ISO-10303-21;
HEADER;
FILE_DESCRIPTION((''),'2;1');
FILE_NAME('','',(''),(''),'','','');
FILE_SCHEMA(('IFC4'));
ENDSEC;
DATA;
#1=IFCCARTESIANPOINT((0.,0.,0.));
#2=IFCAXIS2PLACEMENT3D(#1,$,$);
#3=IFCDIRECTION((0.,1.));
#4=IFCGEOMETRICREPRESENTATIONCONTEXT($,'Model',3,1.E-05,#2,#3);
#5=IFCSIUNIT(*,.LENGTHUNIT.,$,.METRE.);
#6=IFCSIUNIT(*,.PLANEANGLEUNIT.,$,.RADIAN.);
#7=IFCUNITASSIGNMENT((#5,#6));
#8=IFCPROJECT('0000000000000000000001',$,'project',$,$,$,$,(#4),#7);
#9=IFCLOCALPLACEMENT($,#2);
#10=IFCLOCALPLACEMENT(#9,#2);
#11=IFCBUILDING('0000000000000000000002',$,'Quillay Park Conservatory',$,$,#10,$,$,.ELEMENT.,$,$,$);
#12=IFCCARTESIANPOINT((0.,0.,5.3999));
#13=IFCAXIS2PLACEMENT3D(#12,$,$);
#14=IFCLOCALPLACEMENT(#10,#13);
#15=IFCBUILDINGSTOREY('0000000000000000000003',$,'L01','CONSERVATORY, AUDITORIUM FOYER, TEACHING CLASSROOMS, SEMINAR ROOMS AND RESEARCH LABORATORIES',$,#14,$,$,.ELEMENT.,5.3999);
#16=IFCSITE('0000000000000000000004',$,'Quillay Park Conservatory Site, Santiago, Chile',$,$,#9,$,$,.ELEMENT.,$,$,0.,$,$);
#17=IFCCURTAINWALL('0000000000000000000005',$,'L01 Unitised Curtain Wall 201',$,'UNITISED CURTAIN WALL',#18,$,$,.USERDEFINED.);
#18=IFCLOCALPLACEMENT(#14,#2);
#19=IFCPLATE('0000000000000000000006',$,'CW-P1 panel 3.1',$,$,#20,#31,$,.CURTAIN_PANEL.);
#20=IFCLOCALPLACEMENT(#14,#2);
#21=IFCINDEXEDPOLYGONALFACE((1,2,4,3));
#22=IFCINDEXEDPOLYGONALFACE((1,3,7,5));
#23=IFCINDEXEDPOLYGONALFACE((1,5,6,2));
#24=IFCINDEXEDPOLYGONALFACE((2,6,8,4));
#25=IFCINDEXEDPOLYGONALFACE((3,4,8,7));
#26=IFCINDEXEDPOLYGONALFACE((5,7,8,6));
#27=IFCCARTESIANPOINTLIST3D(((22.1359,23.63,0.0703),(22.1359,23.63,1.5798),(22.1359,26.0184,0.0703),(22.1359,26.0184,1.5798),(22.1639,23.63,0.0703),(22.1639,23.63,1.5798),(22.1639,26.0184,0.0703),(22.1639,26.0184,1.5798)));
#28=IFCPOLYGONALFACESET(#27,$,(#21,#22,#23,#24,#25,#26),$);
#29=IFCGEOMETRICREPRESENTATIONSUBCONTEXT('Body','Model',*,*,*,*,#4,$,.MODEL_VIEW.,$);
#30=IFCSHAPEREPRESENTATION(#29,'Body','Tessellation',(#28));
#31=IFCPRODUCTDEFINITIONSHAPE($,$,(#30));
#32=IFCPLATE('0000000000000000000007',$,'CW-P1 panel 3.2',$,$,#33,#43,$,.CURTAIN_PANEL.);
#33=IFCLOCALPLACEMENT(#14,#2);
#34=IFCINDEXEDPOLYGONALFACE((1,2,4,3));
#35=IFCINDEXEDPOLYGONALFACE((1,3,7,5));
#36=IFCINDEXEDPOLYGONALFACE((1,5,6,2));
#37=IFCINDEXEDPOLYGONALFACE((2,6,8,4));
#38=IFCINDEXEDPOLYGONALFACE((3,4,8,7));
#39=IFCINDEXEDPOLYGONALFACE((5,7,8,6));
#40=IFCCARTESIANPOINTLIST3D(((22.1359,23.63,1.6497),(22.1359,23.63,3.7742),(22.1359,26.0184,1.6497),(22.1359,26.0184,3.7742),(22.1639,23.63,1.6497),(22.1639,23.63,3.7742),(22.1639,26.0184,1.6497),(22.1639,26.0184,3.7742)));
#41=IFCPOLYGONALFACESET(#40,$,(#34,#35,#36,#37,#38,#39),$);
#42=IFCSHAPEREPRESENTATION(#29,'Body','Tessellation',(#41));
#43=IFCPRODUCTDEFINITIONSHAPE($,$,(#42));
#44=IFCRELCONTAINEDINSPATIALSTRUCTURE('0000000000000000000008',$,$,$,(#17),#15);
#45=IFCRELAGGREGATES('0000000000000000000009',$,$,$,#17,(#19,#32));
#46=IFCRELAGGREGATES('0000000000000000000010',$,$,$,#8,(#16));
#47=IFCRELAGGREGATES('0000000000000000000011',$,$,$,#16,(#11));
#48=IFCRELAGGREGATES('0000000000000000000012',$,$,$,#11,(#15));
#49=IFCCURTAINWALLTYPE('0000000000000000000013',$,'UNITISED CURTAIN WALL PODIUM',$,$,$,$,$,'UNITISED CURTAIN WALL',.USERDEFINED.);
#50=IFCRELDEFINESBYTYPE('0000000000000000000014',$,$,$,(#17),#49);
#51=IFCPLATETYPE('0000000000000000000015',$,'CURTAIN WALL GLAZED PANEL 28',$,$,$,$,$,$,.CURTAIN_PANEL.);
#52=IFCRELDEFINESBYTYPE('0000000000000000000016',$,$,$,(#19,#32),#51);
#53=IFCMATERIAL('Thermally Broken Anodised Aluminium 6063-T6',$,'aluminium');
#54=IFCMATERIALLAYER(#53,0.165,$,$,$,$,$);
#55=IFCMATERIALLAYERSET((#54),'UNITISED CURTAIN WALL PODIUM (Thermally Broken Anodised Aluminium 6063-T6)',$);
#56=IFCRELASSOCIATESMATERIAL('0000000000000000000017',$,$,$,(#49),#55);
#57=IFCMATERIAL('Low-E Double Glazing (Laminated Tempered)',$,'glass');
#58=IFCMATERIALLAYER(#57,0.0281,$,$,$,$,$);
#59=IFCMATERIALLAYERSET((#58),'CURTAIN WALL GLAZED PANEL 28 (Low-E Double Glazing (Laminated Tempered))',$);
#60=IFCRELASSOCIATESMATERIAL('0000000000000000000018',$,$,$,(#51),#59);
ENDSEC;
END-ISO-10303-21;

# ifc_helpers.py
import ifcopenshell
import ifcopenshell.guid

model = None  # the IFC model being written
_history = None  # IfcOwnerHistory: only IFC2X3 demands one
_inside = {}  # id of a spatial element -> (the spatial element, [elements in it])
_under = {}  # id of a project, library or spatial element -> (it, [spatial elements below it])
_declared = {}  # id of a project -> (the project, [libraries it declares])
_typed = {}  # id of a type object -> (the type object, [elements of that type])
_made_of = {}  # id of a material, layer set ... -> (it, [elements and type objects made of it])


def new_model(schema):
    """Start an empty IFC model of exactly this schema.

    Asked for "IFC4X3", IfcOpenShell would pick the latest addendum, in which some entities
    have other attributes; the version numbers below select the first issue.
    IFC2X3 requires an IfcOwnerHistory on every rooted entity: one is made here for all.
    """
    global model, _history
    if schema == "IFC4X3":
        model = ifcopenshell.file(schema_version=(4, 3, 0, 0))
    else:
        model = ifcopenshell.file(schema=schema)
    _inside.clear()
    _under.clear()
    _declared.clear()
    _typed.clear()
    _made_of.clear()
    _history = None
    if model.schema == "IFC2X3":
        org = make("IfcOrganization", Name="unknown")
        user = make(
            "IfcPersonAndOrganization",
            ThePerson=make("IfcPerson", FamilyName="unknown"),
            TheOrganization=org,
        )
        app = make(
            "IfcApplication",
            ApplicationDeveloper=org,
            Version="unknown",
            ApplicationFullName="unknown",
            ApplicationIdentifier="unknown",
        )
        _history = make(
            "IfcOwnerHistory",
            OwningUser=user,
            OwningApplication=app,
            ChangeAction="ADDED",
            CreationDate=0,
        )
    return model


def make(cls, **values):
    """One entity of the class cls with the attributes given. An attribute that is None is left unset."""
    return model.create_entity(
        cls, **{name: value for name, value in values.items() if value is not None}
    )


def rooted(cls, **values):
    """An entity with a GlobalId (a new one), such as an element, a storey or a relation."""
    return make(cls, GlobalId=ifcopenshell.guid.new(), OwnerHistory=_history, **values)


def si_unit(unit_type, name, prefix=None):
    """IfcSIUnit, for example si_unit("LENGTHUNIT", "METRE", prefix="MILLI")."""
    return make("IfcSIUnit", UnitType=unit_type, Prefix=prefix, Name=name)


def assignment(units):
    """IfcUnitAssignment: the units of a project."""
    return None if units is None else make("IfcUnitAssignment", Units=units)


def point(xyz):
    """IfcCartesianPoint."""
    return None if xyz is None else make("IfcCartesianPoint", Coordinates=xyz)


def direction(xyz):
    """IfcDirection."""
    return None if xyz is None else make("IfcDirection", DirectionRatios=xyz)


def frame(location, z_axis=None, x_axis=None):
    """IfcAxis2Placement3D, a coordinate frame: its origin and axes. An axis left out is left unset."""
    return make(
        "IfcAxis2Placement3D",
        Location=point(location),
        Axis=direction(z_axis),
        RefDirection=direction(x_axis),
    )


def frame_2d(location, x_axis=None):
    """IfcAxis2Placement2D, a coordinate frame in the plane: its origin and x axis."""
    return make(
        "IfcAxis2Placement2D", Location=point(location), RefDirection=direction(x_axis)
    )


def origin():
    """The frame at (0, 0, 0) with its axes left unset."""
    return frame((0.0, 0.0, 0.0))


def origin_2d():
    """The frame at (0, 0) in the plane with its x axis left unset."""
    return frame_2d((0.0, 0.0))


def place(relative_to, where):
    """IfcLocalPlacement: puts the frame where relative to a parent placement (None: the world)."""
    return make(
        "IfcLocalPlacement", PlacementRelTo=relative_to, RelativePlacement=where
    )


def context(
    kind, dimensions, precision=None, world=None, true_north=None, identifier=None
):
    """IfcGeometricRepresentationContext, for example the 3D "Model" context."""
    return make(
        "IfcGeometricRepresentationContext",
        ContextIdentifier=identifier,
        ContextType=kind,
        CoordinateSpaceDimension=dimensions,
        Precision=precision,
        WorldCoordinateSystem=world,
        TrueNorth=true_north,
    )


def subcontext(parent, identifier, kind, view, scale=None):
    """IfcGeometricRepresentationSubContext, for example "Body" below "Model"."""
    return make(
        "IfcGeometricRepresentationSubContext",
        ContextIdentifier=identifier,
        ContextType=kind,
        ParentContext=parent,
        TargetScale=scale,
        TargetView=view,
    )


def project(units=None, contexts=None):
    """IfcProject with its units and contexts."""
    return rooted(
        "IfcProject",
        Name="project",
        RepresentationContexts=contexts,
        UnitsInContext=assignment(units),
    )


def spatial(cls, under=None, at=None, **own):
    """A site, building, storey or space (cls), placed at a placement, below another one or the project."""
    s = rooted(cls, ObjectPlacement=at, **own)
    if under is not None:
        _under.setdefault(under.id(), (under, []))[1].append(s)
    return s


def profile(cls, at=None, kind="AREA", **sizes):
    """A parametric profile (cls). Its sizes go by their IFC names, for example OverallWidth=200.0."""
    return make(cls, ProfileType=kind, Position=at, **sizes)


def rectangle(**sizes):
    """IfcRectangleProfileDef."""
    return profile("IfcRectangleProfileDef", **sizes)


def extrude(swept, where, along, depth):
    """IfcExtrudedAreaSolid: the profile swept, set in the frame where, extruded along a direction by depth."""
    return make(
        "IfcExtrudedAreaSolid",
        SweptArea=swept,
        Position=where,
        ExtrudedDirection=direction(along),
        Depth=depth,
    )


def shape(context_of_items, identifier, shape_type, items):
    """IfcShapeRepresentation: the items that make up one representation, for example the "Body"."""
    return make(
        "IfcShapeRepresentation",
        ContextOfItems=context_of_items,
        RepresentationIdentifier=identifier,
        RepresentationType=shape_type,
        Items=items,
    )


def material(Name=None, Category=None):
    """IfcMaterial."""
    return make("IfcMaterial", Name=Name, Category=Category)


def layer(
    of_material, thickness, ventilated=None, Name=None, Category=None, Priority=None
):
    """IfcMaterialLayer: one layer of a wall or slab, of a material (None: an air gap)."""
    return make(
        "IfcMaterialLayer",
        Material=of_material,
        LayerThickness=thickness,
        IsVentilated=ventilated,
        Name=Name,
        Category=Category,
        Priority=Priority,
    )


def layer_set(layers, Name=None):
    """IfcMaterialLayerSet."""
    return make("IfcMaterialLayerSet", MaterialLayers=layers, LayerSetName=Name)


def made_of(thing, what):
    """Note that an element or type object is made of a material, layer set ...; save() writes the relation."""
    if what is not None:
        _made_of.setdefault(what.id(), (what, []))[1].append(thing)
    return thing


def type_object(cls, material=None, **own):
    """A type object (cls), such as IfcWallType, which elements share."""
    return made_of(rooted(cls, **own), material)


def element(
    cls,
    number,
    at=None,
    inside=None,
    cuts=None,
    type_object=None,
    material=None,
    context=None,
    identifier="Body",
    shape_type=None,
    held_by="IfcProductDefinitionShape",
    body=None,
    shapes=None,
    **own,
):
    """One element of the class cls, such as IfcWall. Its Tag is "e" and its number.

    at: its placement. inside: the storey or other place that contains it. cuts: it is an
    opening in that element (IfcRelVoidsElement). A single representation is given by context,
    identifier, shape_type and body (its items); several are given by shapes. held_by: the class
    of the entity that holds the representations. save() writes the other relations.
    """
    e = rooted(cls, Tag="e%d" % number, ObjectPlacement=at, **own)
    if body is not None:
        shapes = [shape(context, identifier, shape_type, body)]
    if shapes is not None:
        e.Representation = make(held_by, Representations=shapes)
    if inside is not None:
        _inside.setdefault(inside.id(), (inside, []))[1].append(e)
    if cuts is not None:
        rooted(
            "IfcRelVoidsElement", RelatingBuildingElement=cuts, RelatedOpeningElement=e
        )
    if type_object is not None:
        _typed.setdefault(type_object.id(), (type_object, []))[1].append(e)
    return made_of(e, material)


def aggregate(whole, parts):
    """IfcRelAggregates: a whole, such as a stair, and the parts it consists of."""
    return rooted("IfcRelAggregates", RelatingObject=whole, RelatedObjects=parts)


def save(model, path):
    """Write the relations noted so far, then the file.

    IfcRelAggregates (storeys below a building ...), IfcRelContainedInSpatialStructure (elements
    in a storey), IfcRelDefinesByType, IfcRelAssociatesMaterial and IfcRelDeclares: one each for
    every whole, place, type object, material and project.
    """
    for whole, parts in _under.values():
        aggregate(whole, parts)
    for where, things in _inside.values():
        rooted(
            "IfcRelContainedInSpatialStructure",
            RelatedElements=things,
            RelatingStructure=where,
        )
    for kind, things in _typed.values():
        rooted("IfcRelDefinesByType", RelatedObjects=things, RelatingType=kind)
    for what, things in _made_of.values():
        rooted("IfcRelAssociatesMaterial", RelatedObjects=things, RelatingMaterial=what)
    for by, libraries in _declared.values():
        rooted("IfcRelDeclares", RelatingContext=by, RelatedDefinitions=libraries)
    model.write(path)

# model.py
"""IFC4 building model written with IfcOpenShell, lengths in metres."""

from ifc_helpers import new_model, si_unit, direction, frame, origin, origin_2d, place, context, subcontext, project, spatial, rectangle, extrude, material, layer, layer_set, type_object, element, aggregate, save


model = new_model("IFC4")

# Units and contexts
model_context = context("Model", 3, precision=1e-05, world=origin(), true_north=direction((0.0, 1.0)))
body_context = subcontext(model_context, "Body", "Model", "MODEL_VIEW")
ifc_project = project(units=[si_unit("LENGTHUNIT", "METRE"), si_unit("PLANEANGLEUNIT", "RADIAN")], contexts=[model_context])

# Site, building, storey
site_placement = place(None, origin())
site = spatial("IfcSite", under=ifc_project, at=site_placement, Name="Quillay Park Conservatory Site, Santiago, Chile", CompositionType="ELEMENT", RefElevation=0.0)
building_placement = place(site_placement, origin())
building = spatial("IfcBuilding", under=site, at=building_placement, Name="Quillay Park Conservatory", CompositionType="ELEMENT")
storey_placement = place(building_placement, frame((0.0, 0.0, 5.3999)))
storey = spatial("IfcBuildingStorey", under=building, at=storey_placement, Name="L01", Description="CONSERVATORY, AUDITORIUM FOYER, TEACHING CLASSROOMS, SEMINAR ROOMS AND RESEARCH LABORATORIES", CompositionType="ELEMENT", Elevation=5.3999)

# Curtain wall
ifc_material_1 = material(Name="Thermally Broken Anodised Aluminium 6063-T6", Category="aluminium")
ifc_layer_1 = layer(ifc_material_1, 0.165)
ifc_layer_set_1 = layer_set([ifc_layer_1], Name="UNITISED CURTAIN WALL PODIUM (Thermally Broken Anodised Aluminium 6063-T6)")
curtain_wall_type = type_object("IfcCurtainWallType", Name="UNITISED CURTAIN WALL PODIUM", ElementType="UNITISED CURTAIN WALL", PredefinedType="USERDEFINED", material=ifc_layer_set_1)
curtain_wall_1_placement = place(storey_placement, origin())
curtain_wall_1 = element("IfcCurtainWall", 1, at=curtain_wall_1_placement, inside=storey, type_object=curtain_wall_type, Name="L01 Unitised Curtain Wall 201", ObjectType="UNITISED CURTAIN WALL", PredefinedType="USERDEFINED")

# Plates
ifc_material_2 = material(Name="Low-E Double Glazing (Laminated Tempered)", Category="glass")
ifc_layer_2 = layer(ifc_material_2, 0.0281)
ifc_layer_set_2 = layer_set([ifc_layer_2], Name="CURTAIN WALL GLAZED PANEL 28 (Low-E Double Glazing (Laminated Tempered))")
plate_type = type_object("IfcPlateType", Name="CURTAIN WALL GLAZED PANEL 28", PredefinedType="CURTAIN_PANEL", material=ifc_layer_set_2)
plate_1_placement = place(storey_placement, frame((22.1499, 24.8242, 0.0703), z_axis=(0.0, 0.0, 1.0), x_axis=(0.0, -1.0, 0.0)))
plate_1 = element("IfcPlate", 2, at=plate_1_placement, type_object=plate_type, Name="CW-P1 panel 3.1", PredefinedType="CURTAIN_PANEL", context=body_context, shape_type="SweptSolid", body=[
    extrude(rectangle(XDim=2.3884, YDim=0.0281, at=origin_2d()), origin(), (0.0, 0.0, 1.0), 1.5095),
])
plate_2_placement = place(storey_placement, frame((22.1499, 24.8242, 1.6497), z_axis=(0.0, 0.0, 1.0), x_axis=(0.0, -1.0, 0.0)))
plate_2 = element("IfcPlate", 3, at=plate_2_placement, type_object=plate_type, Name="CW-P1 panel 3.2", PredefinedType="CURTAIN_PANEL", context=body_context, shape_type="SweptSolid", body=[
    extrude(rectangle(XDim=2.3884, YDim=0.0281, at=origin_2d()), origin(), (0.0, 0.0, 1.0), 2.1245),
])
aggregate(curtain_wall_1, [plate_1, plate_2])

save(model, "model.ifc")
